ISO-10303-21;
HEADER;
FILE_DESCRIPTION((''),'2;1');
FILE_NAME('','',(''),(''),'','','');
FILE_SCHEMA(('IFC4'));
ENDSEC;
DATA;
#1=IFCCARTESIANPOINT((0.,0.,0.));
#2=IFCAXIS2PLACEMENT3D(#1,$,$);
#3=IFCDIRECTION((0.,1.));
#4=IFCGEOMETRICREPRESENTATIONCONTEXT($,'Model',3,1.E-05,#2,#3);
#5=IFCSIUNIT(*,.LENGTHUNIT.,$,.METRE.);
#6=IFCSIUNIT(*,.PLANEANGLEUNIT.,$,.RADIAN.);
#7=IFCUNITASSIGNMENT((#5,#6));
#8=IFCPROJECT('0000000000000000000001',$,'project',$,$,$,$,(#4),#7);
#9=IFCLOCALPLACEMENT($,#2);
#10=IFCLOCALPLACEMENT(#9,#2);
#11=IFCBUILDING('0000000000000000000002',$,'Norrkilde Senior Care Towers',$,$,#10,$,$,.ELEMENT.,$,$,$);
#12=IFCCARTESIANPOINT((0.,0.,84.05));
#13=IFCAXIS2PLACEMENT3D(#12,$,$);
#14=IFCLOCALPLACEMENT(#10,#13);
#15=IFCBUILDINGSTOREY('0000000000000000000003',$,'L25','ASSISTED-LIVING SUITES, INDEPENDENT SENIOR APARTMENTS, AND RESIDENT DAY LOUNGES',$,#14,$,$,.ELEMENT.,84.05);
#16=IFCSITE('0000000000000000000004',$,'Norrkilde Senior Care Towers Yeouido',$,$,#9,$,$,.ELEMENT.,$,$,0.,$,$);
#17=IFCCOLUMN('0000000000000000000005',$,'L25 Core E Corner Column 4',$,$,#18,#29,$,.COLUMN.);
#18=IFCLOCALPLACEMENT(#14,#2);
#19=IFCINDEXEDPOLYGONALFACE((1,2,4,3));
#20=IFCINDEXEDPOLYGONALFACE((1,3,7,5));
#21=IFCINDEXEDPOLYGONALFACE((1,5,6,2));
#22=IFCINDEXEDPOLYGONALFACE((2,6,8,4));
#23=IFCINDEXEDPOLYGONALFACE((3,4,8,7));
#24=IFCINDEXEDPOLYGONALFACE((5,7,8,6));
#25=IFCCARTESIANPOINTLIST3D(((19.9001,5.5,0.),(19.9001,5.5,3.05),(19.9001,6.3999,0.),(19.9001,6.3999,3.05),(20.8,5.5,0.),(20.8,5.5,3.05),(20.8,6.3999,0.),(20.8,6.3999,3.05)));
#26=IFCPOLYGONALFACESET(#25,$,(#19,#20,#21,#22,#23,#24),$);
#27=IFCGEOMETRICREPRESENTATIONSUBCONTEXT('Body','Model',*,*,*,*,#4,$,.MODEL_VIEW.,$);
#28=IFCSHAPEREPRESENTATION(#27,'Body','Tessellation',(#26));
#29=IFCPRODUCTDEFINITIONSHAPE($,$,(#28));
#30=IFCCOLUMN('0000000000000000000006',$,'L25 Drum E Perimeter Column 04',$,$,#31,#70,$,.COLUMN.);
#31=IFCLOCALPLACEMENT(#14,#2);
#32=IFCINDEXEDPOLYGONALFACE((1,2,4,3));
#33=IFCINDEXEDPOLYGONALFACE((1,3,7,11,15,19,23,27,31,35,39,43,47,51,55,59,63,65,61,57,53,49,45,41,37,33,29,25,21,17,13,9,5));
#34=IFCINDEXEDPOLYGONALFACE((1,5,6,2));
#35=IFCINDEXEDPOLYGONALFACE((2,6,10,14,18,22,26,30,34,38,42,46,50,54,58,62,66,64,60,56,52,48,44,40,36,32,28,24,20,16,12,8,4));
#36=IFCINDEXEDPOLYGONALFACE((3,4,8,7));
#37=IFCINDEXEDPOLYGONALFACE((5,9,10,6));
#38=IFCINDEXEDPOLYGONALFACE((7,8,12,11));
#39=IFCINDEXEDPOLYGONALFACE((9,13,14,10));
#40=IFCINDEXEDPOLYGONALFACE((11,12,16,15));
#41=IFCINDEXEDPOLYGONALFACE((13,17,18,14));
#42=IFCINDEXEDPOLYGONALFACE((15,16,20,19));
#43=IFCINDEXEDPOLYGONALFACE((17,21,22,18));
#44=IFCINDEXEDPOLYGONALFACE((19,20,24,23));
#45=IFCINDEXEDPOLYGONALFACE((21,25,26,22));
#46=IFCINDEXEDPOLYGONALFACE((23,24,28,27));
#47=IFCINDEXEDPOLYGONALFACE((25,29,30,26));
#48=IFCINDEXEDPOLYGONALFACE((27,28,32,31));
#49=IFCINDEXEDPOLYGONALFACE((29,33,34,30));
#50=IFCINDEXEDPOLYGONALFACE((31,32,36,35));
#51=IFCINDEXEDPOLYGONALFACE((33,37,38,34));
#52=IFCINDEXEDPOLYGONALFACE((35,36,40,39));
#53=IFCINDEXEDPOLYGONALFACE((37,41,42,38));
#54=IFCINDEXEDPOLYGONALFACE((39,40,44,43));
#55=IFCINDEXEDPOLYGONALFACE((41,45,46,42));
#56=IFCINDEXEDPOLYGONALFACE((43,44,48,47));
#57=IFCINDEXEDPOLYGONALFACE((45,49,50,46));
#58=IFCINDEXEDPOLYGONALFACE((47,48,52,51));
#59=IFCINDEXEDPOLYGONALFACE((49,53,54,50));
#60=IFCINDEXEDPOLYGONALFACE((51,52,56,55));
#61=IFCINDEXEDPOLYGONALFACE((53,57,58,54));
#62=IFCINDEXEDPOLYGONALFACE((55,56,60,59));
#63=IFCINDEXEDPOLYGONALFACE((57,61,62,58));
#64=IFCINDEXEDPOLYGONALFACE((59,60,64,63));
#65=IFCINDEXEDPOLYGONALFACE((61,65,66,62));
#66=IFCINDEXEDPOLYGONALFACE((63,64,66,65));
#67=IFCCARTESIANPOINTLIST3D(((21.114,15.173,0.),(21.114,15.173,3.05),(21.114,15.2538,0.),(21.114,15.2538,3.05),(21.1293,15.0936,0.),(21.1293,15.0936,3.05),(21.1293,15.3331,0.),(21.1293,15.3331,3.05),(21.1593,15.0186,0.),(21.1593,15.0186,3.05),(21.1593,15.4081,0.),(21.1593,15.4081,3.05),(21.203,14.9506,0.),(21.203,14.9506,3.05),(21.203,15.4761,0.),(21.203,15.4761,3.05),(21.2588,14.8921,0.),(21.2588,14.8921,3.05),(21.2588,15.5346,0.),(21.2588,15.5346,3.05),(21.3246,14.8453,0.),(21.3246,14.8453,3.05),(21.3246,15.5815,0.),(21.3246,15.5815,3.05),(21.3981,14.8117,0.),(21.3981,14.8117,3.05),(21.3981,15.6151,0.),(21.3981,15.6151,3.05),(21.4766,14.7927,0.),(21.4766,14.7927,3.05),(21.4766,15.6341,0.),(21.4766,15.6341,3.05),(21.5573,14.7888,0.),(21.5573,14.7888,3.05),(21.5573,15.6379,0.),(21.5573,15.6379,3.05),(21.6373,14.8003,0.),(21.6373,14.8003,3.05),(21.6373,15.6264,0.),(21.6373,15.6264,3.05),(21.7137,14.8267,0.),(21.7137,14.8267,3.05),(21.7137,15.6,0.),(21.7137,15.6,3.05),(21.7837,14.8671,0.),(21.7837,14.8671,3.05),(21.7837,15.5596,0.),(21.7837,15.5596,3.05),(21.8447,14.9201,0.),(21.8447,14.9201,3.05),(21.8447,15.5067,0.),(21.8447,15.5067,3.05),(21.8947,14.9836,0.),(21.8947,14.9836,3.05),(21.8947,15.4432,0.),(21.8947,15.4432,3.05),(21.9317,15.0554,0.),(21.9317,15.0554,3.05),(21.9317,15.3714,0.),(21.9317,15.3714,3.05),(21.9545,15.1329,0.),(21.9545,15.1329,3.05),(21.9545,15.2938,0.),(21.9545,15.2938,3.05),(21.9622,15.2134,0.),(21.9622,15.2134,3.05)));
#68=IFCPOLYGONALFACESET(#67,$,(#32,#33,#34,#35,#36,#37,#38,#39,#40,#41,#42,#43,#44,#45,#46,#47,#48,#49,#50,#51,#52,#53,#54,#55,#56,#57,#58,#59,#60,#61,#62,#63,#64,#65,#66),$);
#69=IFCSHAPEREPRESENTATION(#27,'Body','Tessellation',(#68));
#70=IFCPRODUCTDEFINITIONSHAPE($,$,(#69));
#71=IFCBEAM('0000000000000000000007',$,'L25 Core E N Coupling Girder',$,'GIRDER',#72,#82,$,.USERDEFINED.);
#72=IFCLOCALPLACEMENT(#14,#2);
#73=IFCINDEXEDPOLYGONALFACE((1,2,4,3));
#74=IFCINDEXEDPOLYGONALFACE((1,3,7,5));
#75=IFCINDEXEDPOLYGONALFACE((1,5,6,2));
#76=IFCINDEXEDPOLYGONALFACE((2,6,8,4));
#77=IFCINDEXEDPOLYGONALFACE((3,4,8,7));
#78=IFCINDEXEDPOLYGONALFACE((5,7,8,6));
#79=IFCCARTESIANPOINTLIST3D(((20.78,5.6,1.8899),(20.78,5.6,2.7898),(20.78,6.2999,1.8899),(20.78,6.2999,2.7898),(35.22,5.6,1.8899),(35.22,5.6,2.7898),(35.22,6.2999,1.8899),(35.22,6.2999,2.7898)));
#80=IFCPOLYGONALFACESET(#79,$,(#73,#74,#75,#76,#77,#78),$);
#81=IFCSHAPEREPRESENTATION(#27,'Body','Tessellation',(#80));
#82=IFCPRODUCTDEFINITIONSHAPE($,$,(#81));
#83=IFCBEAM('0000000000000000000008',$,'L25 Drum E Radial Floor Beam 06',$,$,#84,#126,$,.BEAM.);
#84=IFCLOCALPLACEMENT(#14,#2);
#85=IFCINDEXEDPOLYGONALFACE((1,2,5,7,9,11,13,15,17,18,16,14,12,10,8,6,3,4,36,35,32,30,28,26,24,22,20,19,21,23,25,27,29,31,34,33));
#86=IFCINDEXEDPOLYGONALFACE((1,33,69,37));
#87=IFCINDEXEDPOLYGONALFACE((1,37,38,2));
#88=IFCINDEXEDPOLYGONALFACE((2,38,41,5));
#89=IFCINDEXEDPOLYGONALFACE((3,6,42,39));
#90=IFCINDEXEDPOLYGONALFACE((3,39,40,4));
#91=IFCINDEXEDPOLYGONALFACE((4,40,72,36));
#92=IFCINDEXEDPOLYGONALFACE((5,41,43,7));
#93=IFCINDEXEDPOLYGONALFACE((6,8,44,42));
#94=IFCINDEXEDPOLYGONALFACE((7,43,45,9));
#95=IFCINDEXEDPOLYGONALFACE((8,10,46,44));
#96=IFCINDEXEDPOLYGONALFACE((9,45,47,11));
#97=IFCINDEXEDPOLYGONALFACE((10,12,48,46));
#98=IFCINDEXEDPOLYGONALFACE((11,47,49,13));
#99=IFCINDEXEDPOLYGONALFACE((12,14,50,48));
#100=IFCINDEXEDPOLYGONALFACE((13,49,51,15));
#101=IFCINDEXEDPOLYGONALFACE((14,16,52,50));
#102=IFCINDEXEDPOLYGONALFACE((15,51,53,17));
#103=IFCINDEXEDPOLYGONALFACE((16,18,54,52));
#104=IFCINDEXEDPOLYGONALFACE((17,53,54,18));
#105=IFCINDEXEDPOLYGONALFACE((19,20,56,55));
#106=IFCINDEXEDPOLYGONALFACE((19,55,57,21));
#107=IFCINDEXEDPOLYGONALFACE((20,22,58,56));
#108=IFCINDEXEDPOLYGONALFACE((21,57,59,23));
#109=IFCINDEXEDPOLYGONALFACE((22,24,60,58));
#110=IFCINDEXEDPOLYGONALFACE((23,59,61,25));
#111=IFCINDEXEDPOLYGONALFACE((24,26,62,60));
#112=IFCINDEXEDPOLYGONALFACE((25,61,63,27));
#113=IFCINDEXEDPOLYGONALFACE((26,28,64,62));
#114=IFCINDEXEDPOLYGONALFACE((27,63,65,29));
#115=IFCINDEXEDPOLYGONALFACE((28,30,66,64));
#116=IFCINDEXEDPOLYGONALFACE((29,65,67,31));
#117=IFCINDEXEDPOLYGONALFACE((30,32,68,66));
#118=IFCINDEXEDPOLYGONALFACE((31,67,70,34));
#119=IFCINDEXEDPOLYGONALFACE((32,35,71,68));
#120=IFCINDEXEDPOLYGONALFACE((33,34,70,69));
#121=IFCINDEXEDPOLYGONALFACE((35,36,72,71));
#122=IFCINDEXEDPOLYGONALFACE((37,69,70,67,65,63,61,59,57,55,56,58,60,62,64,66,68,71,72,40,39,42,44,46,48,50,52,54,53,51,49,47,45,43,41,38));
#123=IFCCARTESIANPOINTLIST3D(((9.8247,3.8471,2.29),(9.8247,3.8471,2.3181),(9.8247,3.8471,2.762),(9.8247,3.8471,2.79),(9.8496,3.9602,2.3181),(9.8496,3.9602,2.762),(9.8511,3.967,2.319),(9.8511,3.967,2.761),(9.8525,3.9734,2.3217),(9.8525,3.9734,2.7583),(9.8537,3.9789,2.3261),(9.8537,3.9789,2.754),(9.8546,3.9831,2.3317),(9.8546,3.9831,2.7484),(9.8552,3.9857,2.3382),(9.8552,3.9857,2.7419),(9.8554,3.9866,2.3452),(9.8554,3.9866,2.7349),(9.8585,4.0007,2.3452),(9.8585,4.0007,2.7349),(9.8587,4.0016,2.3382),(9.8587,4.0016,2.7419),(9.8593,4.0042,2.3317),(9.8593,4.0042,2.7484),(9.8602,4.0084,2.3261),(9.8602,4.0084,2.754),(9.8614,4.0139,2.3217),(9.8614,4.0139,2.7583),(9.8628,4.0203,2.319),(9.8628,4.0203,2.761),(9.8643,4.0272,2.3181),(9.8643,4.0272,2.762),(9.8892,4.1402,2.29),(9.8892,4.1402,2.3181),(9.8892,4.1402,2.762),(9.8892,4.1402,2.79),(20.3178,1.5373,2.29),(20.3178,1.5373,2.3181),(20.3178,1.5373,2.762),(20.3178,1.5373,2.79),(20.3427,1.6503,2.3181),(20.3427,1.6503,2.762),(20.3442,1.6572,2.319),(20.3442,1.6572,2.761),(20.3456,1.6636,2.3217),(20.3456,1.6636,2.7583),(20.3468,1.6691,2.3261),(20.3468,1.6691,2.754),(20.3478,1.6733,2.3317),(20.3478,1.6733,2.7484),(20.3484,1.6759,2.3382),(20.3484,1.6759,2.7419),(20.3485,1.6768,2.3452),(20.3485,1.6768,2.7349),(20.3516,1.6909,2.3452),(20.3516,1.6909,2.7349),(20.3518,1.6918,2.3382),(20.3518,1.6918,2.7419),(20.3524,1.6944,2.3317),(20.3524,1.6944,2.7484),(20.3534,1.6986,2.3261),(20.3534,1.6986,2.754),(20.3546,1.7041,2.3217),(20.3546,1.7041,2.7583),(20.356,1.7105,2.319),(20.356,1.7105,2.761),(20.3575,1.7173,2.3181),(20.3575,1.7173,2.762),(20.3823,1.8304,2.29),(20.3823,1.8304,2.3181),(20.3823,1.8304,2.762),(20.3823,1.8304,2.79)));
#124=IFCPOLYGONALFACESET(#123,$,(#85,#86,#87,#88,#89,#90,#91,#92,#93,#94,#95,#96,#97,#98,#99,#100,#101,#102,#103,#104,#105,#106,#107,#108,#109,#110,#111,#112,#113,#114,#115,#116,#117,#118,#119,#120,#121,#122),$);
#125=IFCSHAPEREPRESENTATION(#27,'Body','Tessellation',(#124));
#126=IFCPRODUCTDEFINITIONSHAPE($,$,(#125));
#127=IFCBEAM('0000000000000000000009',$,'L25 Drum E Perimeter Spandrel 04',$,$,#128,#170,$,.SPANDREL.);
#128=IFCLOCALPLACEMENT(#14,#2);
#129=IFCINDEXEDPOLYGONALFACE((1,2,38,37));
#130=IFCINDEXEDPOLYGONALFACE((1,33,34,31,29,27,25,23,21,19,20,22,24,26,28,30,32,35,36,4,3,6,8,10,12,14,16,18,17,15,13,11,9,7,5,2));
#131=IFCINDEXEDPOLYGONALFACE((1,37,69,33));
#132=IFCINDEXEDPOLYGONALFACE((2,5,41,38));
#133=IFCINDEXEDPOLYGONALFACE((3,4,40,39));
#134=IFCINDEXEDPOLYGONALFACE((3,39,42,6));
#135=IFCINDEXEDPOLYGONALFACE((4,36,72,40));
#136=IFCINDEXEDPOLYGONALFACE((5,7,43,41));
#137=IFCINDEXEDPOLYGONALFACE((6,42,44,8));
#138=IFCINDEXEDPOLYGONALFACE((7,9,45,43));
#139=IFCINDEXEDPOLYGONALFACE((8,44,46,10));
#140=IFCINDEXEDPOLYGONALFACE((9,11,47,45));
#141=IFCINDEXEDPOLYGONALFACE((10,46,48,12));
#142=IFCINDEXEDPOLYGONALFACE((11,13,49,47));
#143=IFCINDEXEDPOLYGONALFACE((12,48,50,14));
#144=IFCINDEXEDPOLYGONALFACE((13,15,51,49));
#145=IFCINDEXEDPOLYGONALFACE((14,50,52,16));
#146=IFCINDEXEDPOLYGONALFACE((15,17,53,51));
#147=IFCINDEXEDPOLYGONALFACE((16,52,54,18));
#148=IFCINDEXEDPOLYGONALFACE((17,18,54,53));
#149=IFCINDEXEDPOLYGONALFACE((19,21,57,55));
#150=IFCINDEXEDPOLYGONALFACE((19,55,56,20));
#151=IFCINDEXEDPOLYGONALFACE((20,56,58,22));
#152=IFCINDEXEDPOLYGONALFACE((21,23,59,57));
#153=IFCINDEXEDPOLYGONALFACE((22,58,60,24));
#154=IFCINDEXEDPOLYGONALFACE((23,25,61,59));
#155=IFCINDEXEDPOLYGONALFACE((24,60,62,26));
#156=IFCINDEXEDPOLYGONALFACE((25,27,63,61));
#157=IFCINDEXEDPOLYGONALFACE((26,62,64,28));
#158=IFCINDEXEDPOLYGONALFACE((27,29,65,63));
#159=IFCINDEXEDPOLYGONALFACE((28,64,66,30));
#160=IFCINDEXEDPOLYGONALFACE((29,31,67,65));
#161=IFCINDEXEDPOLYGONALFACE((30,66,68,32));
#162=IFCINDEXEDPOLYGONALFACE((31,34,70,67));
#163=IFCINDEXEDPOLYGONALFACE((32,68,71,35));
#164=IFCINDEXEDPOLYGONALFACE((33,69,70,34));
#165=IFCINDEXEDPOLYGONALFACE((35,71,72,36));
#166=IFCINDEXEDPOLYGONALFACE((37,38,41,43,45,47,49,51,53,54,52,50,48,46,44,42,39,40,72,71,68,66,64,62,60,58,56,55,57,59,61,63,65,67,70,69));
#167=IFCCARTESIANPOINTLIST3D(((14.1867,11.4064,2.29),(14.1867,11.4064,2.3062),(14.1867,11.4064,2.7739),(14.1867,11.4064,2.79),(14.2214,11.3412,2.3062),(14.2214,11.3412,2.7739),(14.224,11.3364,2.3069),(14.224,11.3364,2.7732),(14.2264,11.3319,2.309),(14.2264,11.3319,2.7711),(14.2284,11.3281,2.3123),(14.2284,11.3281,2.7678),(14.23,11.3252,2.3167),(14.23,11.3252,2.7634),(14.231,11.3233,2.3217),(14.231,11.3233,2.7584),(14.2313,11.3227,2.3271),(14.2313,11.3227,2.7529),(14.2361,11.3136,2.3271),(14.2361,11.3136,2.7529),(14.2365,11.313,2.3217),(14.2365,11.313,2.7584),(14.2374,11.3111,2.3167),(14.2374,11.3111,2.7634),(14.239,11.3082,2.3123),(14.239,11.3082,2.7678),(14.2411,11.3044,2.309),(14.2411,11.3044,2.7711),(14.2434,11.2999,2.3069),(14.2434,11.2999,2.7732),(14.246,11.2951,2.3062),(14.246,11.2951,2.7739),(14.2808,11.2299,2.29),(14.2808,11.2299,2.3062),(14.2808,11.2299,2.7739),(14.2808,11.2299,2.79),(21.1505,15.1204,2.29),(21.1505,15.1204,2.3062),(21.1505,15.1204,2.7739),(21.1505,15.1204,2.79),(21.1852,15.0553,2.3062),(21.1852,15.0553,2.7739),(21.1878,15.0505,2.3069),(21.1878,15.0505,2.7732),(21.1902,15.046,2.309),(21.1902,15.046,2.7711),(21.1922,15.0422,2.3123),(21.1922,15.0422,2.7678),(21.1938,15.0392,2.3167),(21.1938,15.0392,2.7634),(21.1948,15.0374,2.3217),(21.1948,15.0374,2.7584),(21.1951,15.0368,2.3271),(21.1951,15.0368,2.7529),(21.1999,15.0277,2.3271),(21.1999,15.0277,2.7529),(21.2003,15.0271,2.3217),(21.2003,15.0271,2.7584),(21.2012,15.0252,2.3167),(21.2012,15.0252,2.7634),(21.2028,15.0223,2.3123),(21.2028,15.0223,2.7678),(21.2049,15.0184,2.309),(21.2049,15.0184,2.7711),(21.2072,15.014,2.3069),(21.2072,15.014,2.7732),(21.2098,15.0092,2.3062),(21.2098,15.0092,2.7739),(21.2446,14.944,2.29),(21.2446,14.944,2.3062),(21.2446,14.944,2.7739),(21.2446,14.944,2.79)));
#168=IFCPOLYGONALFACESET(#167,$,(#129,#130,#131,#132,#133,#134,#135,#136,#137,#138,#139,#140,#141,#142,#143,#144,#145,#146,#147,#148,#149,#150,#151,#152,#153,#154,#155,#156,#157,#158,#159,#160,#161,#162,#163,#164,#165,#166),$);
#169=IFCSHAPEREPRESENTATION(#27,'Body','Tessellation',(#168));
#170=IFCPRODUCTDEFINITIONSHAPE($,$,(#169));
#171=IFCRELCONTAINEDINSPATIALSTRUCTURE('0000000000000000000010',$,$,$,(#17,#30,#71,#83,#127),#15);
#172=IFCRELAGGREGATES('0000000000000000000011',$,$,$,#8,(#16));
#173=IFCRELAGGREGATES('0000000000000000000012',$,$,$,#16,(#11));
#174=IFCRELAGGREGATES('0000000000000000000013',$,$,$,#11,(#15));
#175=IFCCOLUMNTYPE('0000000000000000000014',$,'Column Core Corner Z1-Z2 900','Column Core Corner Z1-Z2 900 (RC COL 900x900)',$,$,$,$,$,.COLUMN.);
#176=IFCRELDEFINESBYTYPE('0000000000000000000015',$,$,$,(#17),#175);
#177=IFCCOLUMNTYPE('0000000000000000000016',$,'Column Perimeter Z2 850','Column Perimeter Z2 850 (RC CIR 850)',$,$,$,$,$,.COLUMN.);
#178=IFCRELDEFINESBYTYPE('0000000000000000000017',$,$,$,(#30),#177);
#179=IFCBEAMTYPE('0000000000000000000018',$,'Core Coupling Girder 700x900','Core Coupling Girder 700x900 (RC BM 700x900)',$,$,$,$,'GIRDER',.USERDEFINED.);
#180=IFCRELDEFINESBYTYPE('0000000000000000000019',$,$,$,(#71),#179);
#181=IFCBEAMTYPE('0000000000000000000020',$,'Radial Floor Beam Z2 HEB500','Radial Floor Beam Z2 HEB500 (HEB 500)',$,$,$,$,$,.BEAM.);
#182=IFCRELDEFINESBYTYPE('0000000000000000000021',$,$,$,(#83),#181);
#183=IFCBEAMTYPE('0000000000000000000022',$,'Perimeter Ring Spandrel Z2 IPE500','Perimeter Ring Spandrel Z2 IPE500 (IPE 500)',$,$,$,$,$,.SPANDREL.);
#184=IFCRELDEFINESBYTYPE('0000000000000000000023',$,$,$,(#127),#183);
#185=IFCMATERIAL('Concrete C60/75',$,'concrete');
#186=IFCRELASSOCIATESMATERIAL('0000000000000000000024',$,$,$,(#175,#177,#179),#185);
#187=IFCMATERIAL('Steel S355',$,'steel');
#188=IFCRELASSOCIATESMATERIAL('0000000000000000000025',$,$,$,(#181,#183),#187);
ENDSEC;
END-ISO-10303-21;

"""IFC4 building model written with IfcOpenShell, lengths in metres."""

from ifc_helpers import new_model, si_unit, direction, frame, origin, origin_2d, place, context, subcontext, project, spatial, rectangle, circle, i_section, extrude, source, transform, mapped, material, material_profile, profile_set, type_object, type_shapes, element, save


model = new_model("IFC4")

# Units and contexts
model_context = context("Model", 3, precision=1e-05, world=origin(), true_north=direction((0.0, 1.0)))
body_context = subcontext(model_context, "Body", "Model", "MODEL_VIEW")
ifc_project = project(units=[si_unit("LENGTHUNIT", "METRE"), si_unit("PLANEANGLEUNIT", "RADIAN")], contexts=[model_context])

# Site, building, storey
site_placement = place(None, origin())
site = spatial("IfcSite", under=ifc_project, at=site_placement, Name="Norrkilde Senior Care Towers Yeouido", CompositionType="ELEMENT", RefElevation=0.0)
building_placement = place(site_placement, origin())
building = spatial("IfcBuilding", under=site, at=building_placement, Name="Norrkilde Senior Care Towers", CompositionType="ELEMENT")
storey_placement = place(building_placement, frame((0.0, 0.0, 84.05)))
storey = spatial("IfcBuildingStorey", under=building, at=storey_placement, Name="L25", Description="ASSISTED-LIVING SUITES, INDEPENDENT SENIOR APARTMENTS, AND RESIDENT DAY LOUNGES", CompositionType="ELEMENT", Elevation=84.05)

# Columns
ifc_material_1 = material(Name="Concrete C60/75", Category="concrete")
ifc_material_profile_1 = material_profile(ifc_material_1, rectangle(XDim=0.8999, YDim=0.8999, at=origin_2d()), Name="RC COL 900x900")
ifc_profile_set_1 = profile_set([ifc_material_profile_1], Name="Concrete C60/75")
column_type_1 = type_object("IfcColumnType", Name="Column Core Corner Z1-Z2 900", Description="Column Core Corner Z1-Z2 900 (RC COL 900x900)", PredefinedType="COLUMN", material=ifc_profile_set_1)
shared_shape_1 = source(origin(), body_context, "Body", "SweptSolid", [
    extrude(rectangle(XDim=0.8999, YDim=0.8999, at=origin_2d()), origin(), (0.0, 0.0, 1.0), 3.05),
])
type_shapes(column_type_1, [shared_shape_1])
column_1_placement = place(storey_placement, frame((20.3501, 5.95, 0.0), z_axis=(0.0, 0.0, 1.0), x_axis=(1.0, 0.0, 0.0)))
element("IfcColumn", 1, at=column_1_placement, inside=storey, type_object=column_type_1, Name="L25 Core E Corner Column 4", PredefinedType="COLUMN", context=body_context, shape_type="MappedRepresentation", body=[
    mapped(shared_shape_1, transform((0.0, 0.0, 0.0), x_axis=(1.0, 0.0, 0.0), y_axis=(0.0, 1.0, 0.0), z_axis=(0.0, 0.0, 1.0), scale=1.0)),
])
ifc_material_profile_2 = material_profile(ifc_material_1, circle(Radius=0.425, at=origin_2d()), Name="RC CIR 850")
ifc_profile_set_2 = profile_set([ifc_material_profile_2], Name="Concrete C60/75")
column_type_2 = type_object("IfcColumnType", Name="Column Perimeter Z2 850", Description="Column Perimeter Z2 850 (RC CIR 850)", PredefinedType="COLUMN", material=ifc_profile_set_2)
shared_shape_2 = source(origin(), body_context, "Body", "SweptSolid", [
    extrude(circle(Radius=0.425, at=origin_2d()), origin(), (0.0, 0.0, 1.0), 3.05),
])
type_shapes(column_type_2, [shared_shape_2])
column_2_placement = place(storey_placement, frame((21.5371, 15.2134, 0.0), z_axis=(0.0, 0.0, 1.0), x_axis=(1.0, 0.0, 0.0)))
element("IfcColumn", 2, at=column_2_placement, inside=storey, type_object=column_type_2, Name="L25 Drum E Perimeter Column 04", PredefinedType="COLUMN", context=body_context, shape_type="MappedRepresentation", body=[
    mapped(shared_shape_2, transform((0.0, 0.0, 0.0), x_axis=(1.0, 0.0, 0.0), y_axis=(0.0, 1.0, 0.0), z_axis=(0.0, 0.0, 1.0), scale=1.0)),
])

# Beams
ifc_material_profile_3 = material_profile(ifc_material_1, rectangle(XDim=0.7, YDim=0.8999, at=origin_2d()), Name="RC BM 700x900")
ifc_profile_set_3 = profile_set([ifc_material_profile_3], Name="Concrete C60/75")
beam_type_1 = type_object("IfcBeamType", Name="Core Coupling Girder 700x900", Description="Core Coupling Girder 700x900 (RC BM 700x900)", ElementType="GIRDER", PredefinedType="USERDEFINED", material=ifc_profile_set_3)
shared_shape_3 = source(origin(), body_context, "Body", "SweptSolid", [
    extrude(rectangle(XDim=0.7, YDim=0.8999, at=origin_2d()), origin(), (0.0, 0.0, 1.0), 14.4399),
])
type_shapes(beam_type_1, [shared_shape_3])
beam_1_placement = place(storey_placement, frame((20.78, 5.95, 2.3398), z_axis=(1.0, 0.0, 0.0), x_axis=(0.0, 1.0, 0.0)))
element("IfcBeam", 3, at=beam_1_placement, inside=storey, type_object=beam_type_1, Name="L25 Core E N Coupling Girder", ObjectType="GIRDER", PredefinedType="USERDEFINED", context=body_context, shape_type="MappedRepresentation", body=[
    mapped(shared_shape_3, transform((0.0, 0.0, 0.0), x_axis=(1.0, 0.0, 0.0), y_axis=(0.0, 1.0, 0.0), z_axis=(0.0, 0.0, 1.0), scale=1.0)),
])
ifc_material_2 = material(Name="Steel S355", Category="steel")
ifc_material_profile_4 = material_profile(ifc_material_2, i_section(OverallWidth=0.3, OverallDepth=0.5, WebThickness=0.0144, FlangeThickness=0.0281, FilletRadius=0.0271, at=origin_2d()), Name="HEB 500")
ifc_profile_set_4 = profile_set([ifc_material_profile_4], Name="Steel S355")
beam_type_2 = type_object("IfcBeamType", Name="Radial Floor Beam Z2 HEB500", Description="Radial Floor Beam Z2 HEB500 (HEB 500)", PredefinedType="BEAM", material=ifc_profile_set_4)
shared_shape_4 = source(origin(), body_context, "Body", "SweptSolid", [
    extrude(i_section(OverallWidth=0.3, OverallDepth=0.5, WebThickness=0.0144, FlangeThickness=0.0281, FilletRadius=0.0271, at=origin_2d()), origin(), (0.0, 0.0, 1.0), 10.7444),
])
beam_2_placement = place(storey_placement, frame((20.3501, 1.6838, 2.54), z_axis=(-0.976619, 0.214979, 0.0), x_axis=(-0.214979, -0.976619, 0.0)))
element("IfcBeam", 4, at=beam_2_placement, inside=storey, type_object=beam_type_2, Name="L25 Drum E Radial Floor Beam 06", PredefinedType="BEAM", context=body_context, shape_type="MappedRepresentation", body=[
    mapped(shared_shape_4, transform((0.0, 0.0, 0.0), x_axis=(1.0, 0.0, 0.0), y_axis=(0.0, 1.0, 0.0), z_axis=(0.0, 0.0, 1.0), scale=1.0)),
])
ifc_material_profile_5 = material_profile(ifc_material_2, i_section(OverallWidth=0.2, OverallDepth=0.5, WebThickness=0.0103, FlangeThickness=0.0161, FilletRadius=0.021, at=origin_2d()), Name="IPE 500")
ifc_profile_set_5 = profile_set([ifc_material_profile_5], Name="Steel S355")
beam_type_3 = type_object("IfcBeamType", Name="Perimeter Ring Spandrel Z2 IPE500", Description="Perimeter Ring Spandrel Z2 IPE500 (IPE 500)", PredefinedType="SPANDREL", material=ifc_profile_set_5)
shared_shape_5 = source(origin(), body_context, "Body", "SweptSolid", [
    extrude(i_section(OverallWidth=0.2, OverallDepth=0.5, WebThickness=0.0103, FlangeThickness=0.0161, FilletRadius=0.021, at=origin_2d()), origin(), (0.0, 0.0, 1.0), 7.8923),
])
type_shapes(beam_type_3, [shared_shape_5])
beam_3_placement = place(storey_placement, frame((21.1975, 15.0322, 2.54), z_axis=(-0.88235, -0.470593, 0.0), x_axis=(0.470593, -0.88235, 0.0)))
element("IfcBeam", 5, at=beam_3_placement, inside=storey, type_object=beam_type_3, Name="L25 Drum E Perimeter Spandrel 04", PredefinedType="SPANDREL", context=body_context, shape_type="MappedRepresentation", body=[
    mapped(shared_shape_5, transform((0.0, 0.0, 0.0), x_axis=(1.0, 0.0, 0.0), y_axis=(0.0, 1.0, 0.0), z_axis=(0.0, 0.0, 1.0), scale=1.0)),
])

save(model, "model.ifc")
